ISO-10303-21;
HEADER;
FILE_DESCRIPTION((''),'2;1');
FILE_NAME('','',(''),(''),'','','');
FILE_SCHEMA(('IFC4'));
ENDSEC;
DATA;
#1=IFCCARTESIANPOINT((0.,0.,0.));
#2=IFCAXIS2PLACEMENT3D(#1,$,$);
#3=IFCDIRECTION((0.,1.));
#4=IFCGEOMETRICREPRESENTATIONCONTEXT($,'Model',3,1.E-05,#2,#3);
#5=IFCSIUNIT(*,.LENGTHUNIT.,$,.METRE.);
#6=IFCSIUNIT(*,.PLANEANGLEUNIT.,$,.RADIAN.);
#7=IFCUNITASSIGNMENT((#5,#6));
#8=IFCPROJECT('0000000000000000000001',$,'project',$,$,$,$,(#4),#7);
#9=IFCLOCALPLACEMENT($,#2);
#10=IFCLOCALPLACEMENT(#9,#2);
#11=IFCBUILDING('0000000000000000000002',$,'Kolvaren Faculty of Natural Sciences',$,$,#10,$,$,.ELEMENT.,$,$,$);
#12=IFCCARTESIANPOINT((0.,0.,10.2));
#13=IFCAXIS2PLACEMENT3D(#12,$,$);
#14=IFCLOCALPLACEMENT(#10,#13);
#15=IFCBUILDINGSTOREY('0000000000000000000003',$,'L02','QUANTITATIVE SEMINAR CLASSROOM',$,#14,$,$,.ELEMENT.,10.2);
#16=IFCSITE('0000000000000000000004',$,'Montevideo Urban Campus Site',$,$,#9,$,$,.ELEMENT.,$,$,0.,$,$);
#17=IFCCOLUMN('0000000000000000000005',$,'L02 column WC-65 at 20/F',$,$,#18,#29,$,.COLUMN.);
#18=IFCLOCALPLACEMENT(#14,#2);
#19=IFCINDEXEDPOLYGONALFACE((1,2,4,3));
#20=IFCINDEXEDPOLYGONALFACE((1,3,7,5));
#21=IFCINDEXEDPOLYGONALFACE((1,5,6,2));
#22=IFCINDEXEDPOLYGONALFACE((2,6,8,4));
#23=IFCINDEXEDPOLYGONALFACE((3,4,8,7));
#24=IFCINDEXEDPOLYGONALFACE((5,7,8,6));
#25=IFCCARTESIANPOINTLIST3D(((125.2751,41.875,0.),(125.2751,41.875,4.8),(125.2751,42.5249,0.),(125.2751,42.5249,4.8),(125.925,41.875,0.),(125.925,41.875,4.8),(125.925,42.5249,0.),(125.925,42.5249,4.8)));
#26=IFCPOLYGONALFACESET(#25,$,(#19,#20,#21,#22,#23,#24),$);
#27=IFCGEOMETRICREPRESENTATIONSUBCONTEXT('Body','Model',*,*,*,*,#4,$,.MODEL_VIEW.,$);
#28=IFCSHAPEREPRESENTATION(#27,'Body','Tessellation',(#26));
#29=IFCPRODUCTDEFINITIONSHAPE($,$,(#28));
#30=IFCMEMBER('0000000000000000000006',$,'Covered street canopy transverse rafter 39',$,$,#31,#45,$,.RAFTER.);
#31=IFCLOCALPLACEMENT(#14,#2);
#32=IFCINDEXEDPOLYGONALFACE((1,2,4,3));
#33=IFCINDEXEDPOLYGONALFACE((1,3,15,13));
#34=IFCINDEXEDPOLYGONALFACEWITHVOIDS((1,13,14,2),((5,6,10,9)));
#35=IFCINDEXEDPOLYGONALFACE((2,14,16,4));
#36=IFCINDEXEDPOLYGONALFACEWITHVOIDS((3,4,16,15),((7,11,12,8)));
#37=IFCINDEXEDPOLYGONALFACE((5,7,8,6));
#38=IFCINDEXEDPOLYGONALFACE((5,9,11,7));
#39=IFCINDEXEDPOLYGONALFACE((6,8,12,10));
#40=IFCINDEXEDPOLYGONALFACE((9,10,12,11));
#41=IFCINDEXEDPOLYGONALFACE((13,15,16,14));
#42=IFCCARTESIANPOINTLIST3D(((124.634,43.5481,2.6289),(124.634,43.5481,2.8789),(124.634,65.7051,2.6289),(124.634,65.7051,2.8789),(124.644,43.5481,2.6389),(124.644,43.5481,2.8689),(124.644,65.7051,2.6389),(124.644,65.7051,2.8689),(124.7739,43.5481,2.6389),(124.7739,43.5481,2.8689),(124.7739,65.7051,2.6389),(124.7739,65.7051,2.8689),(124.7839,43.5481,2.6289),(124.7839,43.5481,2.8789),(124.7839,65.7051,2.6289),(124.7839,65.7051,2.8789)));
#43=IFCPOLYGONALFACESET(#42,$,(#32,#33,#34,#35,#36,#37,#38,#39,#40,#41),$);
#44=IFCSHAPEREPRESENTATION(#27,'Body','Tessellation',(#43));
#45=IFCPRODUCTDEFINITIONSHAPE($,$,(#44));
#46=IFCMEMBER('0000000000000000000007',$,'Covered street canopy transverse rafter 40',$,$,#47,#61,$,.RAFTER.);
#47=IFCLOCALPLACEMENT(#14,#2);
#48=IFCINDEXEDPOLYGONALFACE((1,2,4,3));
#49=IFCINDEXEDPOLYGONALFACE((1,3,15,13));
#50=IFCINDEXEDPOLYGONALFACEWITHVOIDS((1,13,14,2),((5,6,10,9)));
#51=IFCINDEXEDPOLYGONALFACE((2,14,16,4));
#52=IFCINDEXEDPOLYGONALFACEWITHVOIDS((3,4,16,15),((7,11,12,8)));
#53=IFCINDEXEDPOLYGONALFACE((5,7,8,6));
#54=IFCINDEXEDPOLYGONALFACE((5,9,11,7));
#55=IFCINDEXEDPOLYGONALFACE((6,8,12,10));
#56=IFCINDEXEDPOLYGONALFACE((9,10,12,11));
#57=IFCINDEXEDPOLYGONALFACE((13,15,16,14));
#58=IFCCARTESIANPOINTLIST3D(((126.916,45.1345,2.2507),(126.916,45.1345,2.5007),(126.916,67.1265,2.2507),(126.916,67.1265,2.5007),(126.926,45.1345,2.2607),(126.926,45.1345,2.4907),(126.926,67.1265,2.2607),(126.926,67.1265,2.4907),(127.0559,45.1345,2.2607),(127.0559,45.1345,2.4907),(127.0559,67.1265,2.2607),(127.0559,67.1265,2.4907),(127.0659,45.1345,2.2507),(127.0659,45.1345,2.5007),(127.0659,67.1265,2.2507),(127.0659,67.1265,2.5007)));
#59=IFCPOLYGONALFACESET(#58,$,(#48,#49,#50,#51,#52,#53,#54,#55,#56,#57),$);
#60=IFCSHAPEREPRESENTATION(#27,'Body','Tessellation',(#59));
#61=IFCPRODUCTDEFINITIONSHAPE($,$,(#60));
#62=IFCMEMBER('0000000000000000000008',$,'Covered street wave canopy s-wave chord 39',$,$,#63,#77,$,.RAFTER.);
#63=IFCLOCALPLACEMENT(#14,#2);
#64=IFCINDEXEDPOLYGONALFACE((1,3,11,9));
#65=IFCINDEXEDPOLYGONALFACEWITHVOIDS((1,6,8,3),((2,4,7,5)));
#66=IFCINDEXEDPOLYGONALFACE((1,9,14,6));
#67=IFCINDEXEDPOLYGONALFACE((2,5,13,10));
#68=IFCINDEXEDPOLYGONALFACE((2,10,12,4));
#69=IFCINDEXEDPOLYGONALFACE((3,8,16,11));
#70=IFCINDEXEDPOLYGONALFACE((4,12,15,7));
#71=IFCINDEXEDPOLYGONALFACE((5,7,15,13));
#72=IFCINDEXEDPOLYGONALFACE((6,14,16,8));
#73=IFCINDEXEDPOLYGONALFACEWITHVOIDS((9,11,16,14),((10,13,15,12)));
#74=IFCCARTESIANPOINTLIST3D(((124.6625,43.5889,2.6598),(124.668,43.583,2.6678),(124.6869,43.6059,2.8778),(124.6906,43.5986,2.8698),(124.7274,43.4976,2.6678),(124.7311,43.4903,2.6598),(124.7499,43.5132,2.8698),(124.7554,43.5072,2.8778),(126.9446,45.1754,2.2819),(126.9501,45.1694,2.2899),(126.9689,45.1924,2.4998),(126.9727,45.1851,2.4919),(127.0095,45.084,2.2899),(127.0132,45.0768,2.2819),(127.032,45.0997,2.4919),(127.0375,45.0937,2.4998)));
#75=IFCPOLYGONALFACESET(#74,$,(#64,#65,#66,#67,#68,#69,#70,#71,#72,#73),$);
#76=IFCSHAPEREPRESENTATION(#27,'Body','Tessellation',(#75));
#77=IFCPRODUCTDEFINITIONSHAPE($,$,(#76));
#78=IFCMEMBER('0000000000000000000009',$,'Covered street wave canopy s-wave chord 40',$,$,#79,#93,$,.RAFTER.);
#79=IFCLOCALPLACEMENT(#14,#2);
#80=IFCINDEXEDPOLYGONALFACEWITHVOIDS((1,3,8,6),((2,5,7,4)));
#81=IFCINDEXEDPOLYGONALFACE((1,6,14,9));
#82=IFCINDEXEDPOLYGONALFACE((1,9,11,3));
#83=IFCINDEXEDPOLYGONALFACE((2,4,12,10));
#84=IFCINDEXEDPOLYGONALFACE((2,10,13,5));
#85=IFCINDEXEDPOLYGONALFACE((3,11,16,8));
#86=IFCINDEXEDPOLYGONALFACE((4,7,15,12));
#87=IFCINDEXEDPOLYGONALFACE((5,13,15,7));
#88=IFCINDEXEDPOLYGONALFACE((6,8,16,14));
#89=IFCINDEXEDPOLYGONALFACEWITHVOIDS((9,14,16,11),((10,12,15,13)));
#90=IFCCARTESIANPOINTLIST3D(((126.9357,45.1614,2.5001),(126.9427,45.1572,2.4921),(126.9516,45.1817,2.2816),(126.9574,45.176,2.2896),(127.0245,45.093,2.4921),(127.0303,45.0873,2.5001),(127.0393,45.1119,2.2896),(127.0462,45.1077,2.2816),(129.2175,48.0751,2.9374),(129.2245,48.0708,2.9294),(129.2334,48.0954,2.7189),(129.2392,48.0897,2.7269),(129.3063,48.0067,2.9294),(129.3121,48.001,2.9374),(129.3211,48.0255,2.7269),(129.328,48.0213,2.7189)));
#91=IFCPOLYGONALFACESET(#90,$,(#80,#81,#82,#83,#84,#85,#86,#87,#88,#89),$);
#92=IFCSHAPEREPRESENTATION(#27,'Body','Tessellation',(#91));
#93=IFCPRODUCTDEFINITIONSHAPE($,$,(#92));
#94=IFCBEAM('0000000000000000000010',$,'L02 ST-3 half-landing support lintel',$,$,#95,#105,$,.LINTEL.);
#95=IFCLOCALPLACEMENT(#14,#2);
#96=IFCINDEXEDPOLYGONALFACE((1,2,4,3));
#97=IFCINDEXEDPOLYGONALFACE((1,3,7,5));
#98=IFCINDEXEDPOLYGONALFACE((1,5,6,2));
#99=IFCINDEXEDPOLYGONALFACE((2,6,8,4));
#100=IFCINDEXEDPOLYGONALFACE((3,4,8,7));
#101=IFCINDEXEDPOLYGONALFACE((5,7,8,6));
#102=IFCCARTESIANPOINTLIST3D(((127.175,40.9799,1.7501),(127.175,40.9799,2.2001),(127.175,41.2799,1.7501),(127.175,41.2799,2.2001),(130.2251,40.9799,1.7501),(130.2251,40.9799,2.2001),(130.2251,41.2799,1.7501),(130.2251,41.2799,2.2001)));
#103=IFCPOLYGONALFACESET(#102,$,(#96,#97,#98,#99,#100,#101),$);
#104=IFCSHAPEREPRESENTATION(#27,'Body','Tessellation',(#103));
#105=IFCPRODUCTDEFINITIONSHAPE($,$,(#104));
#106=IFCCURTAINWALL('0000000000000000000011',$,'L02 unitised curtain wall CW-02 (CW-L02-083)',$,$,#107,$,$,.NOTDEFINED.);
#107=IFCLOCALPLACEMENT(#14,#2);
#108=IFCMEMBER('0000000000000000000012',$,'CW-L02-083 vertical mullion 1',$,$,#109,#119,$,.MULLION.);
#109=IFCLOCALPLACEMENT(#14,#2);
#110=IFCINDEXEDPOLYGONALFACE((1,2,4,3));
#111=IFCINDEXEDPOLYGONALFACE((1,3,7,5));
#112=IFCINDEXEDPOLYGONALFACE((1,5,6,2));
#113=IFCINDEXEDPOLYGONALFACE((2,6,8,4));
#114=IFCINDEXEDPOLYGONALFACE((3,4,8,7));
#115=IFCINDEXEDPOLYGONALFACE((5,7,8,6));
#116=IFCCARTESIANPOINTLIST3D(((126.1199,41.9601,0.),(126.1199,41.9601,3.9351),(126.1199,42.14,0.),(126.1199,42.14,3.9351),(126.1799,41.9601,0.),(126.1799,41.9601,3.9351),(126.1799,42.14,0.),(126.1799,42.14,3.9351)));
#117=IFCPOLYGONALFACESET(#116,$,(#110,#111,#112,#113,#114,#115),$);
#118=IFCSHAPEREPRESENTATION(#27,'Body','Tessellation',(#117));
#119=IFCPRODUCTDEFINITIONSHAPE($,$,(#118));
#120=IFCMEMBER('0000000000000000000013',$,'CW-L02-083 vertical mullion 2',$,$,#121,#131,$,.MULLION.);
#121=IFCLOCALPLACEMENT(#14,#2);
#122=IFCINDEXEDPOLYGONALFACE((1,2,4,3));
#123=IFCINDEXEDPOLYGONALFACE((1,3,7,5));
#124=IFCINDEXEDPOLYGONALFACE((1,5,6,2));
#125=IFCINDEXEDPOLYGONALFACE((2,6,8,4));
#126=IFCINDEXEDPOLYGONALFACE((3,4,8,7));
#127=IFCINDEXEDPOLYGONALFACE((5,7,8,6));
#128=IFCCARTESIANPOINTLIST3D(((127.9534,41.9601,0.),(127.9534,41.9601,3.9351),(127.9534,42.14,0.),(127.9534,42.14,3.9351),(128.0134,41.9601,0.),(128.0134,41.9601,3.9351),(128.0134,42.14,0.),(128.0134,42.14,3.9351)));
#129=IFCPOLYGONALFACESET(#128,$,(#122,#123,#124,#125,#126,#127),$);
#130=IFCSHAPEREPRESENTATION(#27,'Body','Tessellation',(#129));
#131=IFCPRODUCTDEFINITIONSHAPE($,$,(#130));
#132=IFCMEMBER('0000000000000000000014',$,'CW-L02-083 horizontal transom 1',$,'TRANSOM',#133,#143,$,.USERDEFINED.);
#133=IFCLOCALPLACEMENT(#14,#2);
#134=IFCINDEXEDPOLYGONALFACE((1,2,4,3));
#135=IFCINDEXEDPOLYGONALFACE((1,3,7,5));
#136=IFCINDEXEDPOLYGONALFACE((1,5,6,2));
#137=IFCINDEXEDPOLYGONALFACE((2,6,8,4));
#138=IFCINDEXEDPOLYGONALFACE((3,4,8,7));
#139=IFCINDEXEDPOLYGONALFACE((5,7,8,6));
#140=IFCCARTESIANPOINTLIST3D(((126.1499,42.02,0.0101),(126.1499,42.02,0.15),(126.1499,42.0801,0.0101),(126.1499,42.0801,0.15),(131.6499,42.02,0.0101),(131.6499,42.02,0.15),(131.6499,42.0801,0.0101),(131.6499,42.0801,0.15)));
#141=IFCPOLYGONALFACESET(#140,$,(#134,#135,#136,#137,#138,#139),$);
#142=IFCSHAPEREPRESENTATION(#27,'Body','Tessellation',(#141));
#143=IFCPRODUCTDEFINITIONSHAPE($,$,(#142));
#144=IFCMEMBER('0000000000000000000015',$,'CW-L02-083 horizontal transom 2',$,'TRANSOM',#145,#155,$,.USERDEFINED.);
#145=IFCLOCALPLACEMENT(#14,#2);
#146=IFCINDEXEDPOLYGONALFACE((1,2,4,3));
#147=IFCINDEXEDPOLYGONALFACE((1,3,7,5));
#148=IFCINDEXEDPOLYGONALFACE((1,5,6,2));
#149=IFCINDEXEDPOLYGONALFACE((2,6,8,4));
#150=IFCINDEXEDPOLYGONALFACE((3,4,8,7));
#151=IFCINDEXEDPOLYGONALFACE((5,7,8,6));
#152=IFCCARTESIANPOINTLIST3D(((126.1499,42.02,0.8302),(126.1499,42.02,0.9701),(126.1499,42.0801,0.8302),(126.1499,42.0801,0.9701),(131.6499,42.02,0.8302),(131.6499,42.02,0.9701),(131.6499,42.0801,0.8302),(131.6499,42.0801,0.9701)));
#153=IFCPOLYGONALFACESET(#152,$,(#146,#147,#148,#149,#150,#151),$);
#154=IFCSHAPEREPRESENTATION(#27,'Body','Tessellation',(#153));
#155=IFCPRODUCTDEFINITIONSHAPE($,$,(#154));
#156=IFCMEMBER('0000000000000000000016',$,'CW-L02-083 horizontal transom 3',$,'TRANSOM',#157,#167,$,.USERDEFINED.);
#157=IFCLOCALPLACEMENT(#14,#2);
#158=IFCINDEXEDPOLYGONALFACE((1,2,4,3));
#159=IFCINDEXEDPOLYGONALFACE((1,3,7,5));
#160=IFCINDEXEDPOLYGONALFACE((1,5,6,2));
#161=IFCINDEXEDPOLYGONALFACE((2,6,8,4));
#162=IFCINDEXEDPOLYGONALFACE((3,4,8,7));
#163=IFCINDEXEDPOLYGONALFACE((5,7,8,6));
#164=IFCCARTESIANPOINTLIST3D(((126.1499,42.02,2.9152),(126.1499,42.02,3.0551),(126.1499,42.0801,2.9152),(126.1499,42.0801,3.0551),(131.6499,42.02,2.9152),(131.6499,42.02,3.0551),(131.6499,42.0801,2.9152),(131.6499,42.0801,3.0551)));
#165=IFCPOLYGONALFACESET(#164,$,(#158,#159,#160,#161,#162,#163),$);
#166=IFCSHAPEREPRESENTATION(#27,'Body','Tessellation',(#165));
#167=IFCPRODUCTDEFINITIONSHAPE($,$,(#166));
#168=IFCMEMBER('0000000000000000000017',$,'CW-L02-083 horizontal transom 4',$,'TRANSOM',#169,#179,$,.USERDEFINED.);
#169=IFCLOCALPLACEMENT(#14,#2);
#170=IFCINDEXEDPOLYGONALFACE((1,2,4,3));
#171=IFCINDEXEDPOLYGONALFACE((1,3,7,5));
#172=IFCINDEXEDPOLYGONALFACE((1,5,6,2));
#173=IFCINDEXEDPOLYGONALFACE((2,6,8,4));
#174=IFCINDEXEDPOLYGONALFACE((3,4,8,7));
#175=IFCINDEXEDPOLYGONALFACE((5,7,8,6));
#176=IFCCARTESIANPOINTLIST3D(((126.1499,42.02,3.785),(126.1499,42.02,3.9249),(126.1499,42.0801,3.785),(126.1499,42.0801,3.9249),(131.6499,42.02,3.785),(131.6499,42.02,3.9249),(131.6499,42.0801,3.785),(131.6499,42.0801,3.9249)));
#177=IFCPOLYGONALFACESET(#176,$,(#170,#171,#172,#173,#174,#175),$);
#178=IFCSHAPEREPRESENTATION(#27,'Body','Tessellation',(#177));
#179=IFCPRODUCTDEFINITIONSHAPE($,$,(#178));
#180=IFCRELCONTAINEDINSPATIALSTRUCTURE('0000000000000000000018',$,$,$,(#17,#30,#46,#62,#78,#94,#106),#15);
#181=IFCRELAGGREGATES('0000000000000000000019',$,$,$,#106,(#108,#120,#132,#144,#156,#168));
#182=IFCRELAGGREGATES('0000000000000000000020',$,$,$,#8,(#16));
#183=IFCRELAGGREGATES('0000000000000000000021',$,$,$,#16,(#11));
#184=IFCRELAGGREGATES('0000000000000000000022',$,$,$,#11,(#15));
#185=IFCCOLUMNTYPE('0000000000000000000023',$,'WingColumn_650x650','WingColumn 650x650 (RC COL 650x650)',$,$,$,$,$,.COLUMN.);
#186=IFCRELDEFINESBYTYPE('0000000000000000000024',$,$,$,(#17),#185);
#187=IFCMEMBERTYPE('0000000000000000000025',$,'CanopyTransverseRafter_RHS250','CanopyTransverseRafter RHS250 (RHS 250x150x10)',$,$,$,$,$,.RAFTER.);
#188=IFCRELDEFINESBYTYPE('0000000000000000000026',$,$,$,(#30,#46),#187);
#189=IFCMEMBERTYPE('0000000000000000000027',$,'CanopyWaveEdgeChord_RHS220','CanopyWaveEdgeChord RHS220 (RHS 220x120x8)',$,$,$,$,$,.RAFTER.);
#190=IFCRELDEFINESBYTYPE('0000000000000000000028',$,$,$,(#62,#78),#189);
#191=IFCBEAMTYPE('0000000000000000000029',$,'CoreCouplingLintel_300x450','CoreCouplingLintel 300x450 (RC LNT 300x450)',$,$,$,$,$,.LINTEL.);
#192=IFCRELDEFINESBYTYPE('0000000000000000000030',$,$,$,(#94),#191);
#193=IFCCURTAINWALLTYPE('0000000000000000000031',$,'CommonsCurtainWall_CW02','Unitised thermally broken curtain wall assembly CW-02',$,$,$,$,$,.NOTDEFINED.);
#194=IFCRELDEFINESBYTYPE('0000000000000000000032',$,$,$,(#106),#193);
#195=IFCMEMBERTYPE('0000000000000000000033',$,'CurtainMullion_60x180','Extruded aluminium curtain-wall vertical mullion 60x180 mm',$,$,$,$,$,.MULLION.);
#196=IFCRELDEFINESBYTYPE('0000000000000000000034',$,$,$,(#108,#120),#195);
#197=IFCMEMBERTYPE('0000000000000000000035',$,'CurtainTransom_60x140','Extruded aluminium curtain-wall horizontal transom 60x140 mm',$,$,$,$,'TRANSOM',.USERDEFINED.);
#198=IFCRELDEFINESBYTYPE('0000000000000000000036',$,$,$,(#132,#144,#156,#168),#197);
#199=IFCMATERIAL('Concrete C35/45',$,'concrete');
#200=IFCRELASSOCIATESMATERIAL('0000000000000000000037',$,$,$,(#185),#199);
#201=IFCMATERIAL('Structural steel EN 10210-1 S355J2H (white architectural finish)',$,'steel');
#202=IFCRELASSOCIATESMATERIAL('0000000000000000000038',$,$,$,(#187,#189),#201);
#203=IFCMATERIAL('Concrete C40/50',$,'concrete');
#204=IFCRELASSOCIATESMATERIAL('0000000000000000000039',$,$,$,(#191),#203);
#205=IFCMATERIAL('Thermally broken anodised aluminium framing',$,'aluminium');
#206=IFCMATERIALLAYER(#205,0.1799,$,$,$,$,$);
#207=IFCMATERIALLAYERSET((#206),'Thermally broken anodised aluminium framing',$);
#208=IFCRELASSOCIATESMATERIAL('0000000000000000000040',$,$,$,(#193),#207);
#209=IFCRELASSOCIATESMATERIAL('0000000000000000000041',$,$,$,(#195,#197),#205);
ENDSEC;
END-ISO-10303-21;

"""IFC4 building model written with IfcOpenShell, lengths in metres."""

from ifc_helpers import new_model, si_unit, direction, frame, origin, origin_2d, place, context, subcontext, project, spatial, rectangle, hollow_rectangle, extrude, material, layer, layer_set, material_profile, profile_set, type_object, element, aggregate, save


model = new_model("IFC4")

# Units and contexts
model_context = context("Model", 3, precision=1e-05, world=origin(), true_north=direction((0.0, 1.0)))
body_context = subcontext(model_context, "Body", "Model", "MODEL_VIEW")
ifc_project = project(units=[si_unit("LENGTHUNIT", "METRE"), si_unit("PLANEANGLEUNIT", "RADIAN")], contexts=[model_context])

# Site, building, storey
site_placement = place(None, origin())
site = spatial("IfcSite", under=ifc_project, at=site_placement, Name="Montevideo Urban Campus Site", CompositionType="ELEMENT", RefElevation=0.0)
building_placement = place(site_placement, origin())
building = spatial("IfcBuilding", under=site, at=building_placement, Name="Kolvaren Faculty of Natural Sciences", CompositionType="ELEMENT")
storey_placement = place(building_placement, frame((0.0, 0.0, 10.2)))
storey = spatial("IfcBuildingStorey", under=building, at=storey_placement, Name="L02", Description="QUANTITATIVE SEMINAR CLASSROOM", CompositionType="ELEMENT", Elevation=10.2)

# Column
ifc_material_1 = material(Name="Concrete C35/45", Category="concrete")
ifc_material_profile_1 = material_profile(ifc_material_1, rectangle(XDim=0.6499, YDim=0.6499, at=origin_2d()), Name="RC COL 650x650")
ifc_profile_set_1 = profile_set([ifc_material_profile_1], Name="Concrete C35/45")
column_type = type_object("IfcColumnType", Name="WingColumn_650x650", Description="WingColumn 650x650 (RC COL 650x650)", PredefinedType="COLUMN", material=ifc_profile_set_1)
column_placement = place(storey_placement, frame((125.6001, 42.2, 0.0), z_axis=(0.0, 0.0, 1.0), x_axis=(1.0, 0.0, 0.0)))
element("IfcColumn", 1, at=column_placement, inside=storey, type_object=column_type, Name="L02 column WC-65 at 20/F", PredefinedType="COLUMN", context=body_context, shape_type="SweptSolid", body=[
    extrude(rectangle(XDim=0.6499, YDim=0.6499, at=origin_2d()), origin(), (0.0, 0.0, 1.0), 4.8),
])

# Members
ifc_material_2 = material(Name="Structural steel EN 10210-1 S355J2H (white architectural finish)", Category="steel")
ifc_material_profile_2 = material_profile(ifc_material_2, hollow_rectangle(XDim=0.1499, YDim=0.25, WallThickness=0.01, at=origin_2d()), Name="RHS 250x150x10")
ifc_profile_set_2 = profile_set([ifc_material_profile_2], Name="Structural steel EN 10210-1 S355J2H (white architectural finish)")
member_type_1 = type_object("IfcMemberType", Name="CanopyTransverseRafter_RHS250", Description="CanopyTransverseRafter RHS250 (RHS 250x150x10)", PredefinedType="RAFTER", material=ifc_profile_set_2)
member_1_placement = place(storey_placement, frame((124.709, 43.5481, 2.7539), z_axis=(0.0, 1.0, 0.0), x_axis=(-1.0, 0.0, 0.0)))
element("IfcMember", 2, at=member_1_placement, inside=storey, type_object=member_type_1, Name="Covered street canopy transverse rafter 39", PredefinedType="RAFTER", context=body_context, shape_type="SweptSolid", body=[
    extrude(hollow_rectangle(XDim=0.1499, YDim=0.25, WallThickness=0.01, at=origin_2d()), origin(), (0.0, 0.0, 1.0), 22.157),
])
member_2_placement = place(storey_placement, frame((126.991, 45.1345, 2.3757), z_axis=(0.0, 1.0, 0.0), x_axis=(-1.0, 0.0, 0.0)))
element("IfcMember", 3, at=member_2_placement, inside=storey, type_object=member_type_1, Name="Covered street canopy transverse rafter 40", PredefinedType="RAFTER", context=body_context, shape_type="SweptSolid", body=[
    extrude(hollow_rectangle(XDim=0.1499, YDim=0.25, WallThickness=0.01, at=origin_2d()), origin(), (0.0, 0.0, 1.0), 21.9919),
])
ifc_material_profile_3 = material_profile(ifc_material_2, hollow_rectangle(XDim=0.1201, YDim=0.22, WallThickness=0.0081, at=origin_2d()), Name="RHS 220x120x8")
ifc_profile_set_3 = profile_set([ifc_material_profile_3], Name="Structural steel EN 10210-1 S355J2H (white architectural finish)")
member_type_2 = type_object("IfcMemberType", Name="CanopyWaveEdgeChord_RHS220", Description="CanopyWaveEdgeChord RHS220 (RHS 220x120x8)", PredefinedType="RAFTER", material=ifc_profile_set_3)
member_3_placement = place(storey_placement, frame((124.709, 43.5481, 2.7688), z_axis=(0.813593, 0.565607, -0.134743), x_axis=(-0.570812, 0.821081, 0.0)))
element("IfcMember", 4, at=member_3_placement, inside=storey, type_object=member_type_2, Name="Covered street wave canopy s-wave chord 39", PredefinedType="RAFTER", context=body_context, shape_type="SweptSolid", body=[
    extrude(hollow_rectangle(XDim=0.1201, YDim=0.22, WallThickness=0.0081, at=origin_2d()), origin(), (0.0, 0.0, 1.0), 2.8049),
])
member_4_placement = place(storey_placement, frame((126.991, 45.1345, 2.3909), z_axis=(0.612309, 0.781863, 0.117338), x_axis=(-0.787302, 0.616568, 0.0)))
element("IfcMember", 5, at=member_4_placement, inside=storey, type_object=member_type_2, Name="Covered street wave canopy s-wave chord 40", PredefinedType="RAFTER", context=body_context, shape_type="SweptSolid", body=[
    extrude(hollow_rectangle(XDim=0.1201, YDim=0.22, WallThickness=0.0081, at=origin_2d()), origin(), (0.0, 0.0, 1.0), 3.7266),
])

# Beam
ifc_material_3 = material(Name="Concrete C40/50", Category="concrete")
ifc_material_profile_4 = material_profile(ifc_material_3, rectangle(XDim=0.3, YDim=0.45, at=origin_2d()), Name="RC LNT 300x450")
ifc_profile_set_4 = profile_set([ifc_material_profile_4], Name="Concrete C40/50")
beam_type_1 = type_object("IfcBeamType", Name="CoreCouplingLintel_300x450", Description="CoreCouplingLintel 300x450 (RC LNT 300x450)", PredefinedType="LINTEL", material=ifc_profile_set_4)
beam_1_placement = place(storey_placement, frame((127.175, 41.1299, 1.9751), z_axis=(1.0, 0.0, 0.0), x_axis=(0.0, 1.0, 0.0)))
element("IfcBeam", 6, at=beam_1_placement, inside=storey, type_object=beam_type_1, Name="L02 ST-3 half-landing support lintel", PredefinedType="LINTEL", context=body_context, shape_type="SweptSolid", body=[
    extrude(rectangle(XDim=0.3, YDim=0.45, at=origin_2d()), origin(), (0.0, 0.0, 1.0), 3.05),
])

# Curtain wall, members
ifc_material_4 = material(Name="Thermally broken anodised aluminium framing", Category="aluminium")
ifc_layer_1 = layer(ifc_material_4, 0.1799)
ifc_layer_set_1 = layer_set([ifc_layer_1], Name="Thermally broken anodised aluminium framing")
curtain_wall_type = type_object("IfcCurtainWallType", Name="CommonsCurtainWall_CW02", Description="Unitised thermally broken curtain wall assembly CW-02", PredefinedType="NOTDEFINED", material=ifc_layer_set_1)
curtain_wall_placement = place(storey_placement, origin())
curtain_wall = element("IfcCurtainWall", 7, at=curtain_wall_placement, inside=storey, type_object=curtain_wall_type, Name="L02 unitised curtain wall CW-02 (CW-L02-083)", PredefinedType="NOTDEFINED")
ifc_material_profile_5 = material_profile(ifc_material_4, rectangle(XDim=0.0601, YDim=0.1799, at=origin_2d()), Name="ALU MUL 60x180")
ifc_profile_set_5 = profile_set([ifc_material_profile_5], Name="Thermally broken anodised aluminium framing")
member_type_3 = type_object("IfcMemberType", Name="CurtainMullion_60x180", Description="Extruded aluminium curtain-wall vertical mullion 60x180 mm", PredefinedType="MULLION", material=ifc_profile_set_5)
member_5_placement = place(storey_placement, frame((126.1499, 42.05, 0.0), z_axis=(0.0, 0.0, 1.0), x_axis=(1.0, 0.0, 0.0)))
member_5 = element("IfcMember", 8, at=member_5_placement, type_object=member_type_3, Name="CW-L02-083 vertical mullion 1", PredefinedType="MULLION", context=body_context, shape_type="SweptSolid", body=[
    extrude(rectangle(XDim=0.0601, YDim=0.1799, at=origin_2d()), origin(), (0.0, 0.0, 1.0), 3.9351),
])
member_6_placement = place(storey_placement, frame((127.9834, 42.05, 0.0), z_axis=(0.0, 0.0, 1.0), x_axis=(1.0, 0.0, 0.0)))
member_6 = element("IfcMember", 9, at=member_6_placement, type_object=member_type_3, Name="CW-L02-083 vertical mullion 2", PredefinedType="MULLION", context=body_context, shape_type="SweptSolid", body=[
    extrude(rectangle(XDim=0.0601, YDim=0.1799, at=origin_2d()), origin(), (0.0, 0.0, 1.0), 3.9351),
])
ifc_material_profile_6 = material_profile(ifc_material_4, rectangle(XDim=0.0601, YDim=0.1399, at=origin_2d()), Name="ALU TRN 60x140")
ifc_profile_set_6 = profile_set([ifc_material_profile_6], Name="Thermally broken anodised aluminium framing")
member_type_4 = type_object("IfcMemberType", Name="CurtainTransom_60x140", Description="Extruded aluminium curtain-wall horizontal transom 60x140 mm", ElementType="TRANSOM", PredefinedType="USERDEFINED", material=ifc_profile_set_6)
member_7_placement = place(storey_placement, frame((126.1499, 42.05, 0.0801), z_axis=(1.0, 0.0, 0.0), x_axis=(0.0, 1.0, 0.0)))
member_7 = element("IfcMember", 10, at=member_7_placement, type_object=member_type_4, Name="CW-L02-083 horizontal transom 1", ObjectType="TRANSOM", PredefinedType="USERDEFINED", context=body_context, shape_type="SweptSolid", body=[
    extrude(rectangle(XDim=0.0601, YDim=0.1399, at=origin_2d()), origin(), (0.0, 0.0, 1.0), 5.5),
])
member_8_placement = place(storey_placement, frame((126.1499, 42.05, 0.9001), z_axis=(1.0, 0.0, 0.0), x_axis=(0.0, 1.0, 0.0)))
member_8 = element("IfcMember", 11, at=member_8_placement, type_object=member_type_4, Name="CW-L02-083 horizontal transom 2", ObjectType="TRANSOM", PredefinedType="USERDEFINED", context=body_context, shape_type="SweptSolid", body=[
    extrude(rectangle(XDim=0.0601, YDim=0.1399, at=origin_2d()), origin(), (0.0, 0.0, 1.0), 5.5),
])
member_9_placement = place(storey_placement, frame((126.1499, 42.05, 2.9851), z_axis=(1.0, 0.0, 0.0), x_axis=(0.0, 1.0, 0.0)))
member_9 = element("IfcMember", 12, at=member_9_placement, type_object=member_type_4, Name="CW-L02-083 horizontal transom 3", ObjectType="TRANSOM", PredefinedType="USERDEFINED", context=body_context, shape_type="SweptSolid", body=[
    extrude(rectangle(XDim=0.0601, YDim=0.1399, at=origin_2d()), origin(), (0.0, 0.0, 1.0), 5.5),
])
member_10_placement = place(storey_placement, frame((126.1499, 42.05, 3.855), z_axis=(1.0, 0.0, 0.0), x_axis=(0.0, 1.0, 0.0)))
member_10 = element("IfcMember", 13, at=member_10_placement, type_object=member_type_4, Name="CW-L02-083 horizontal transom 4", ObjectType="TRANSOM", PredefinedType="USERDEFINED", context=body_context, shape_type="SweptSolid", body=[
    extrude(rectangle(XDim=0.0601, YDim=0.1399, at=origin_2d()), origin(), (0.0, 0.0, 1.0), 5.5),
])

aggregate(curtain_wall, [member_5, member_6, member_7, member_8, member_9, member_10])

save(model, "model.ifc")
